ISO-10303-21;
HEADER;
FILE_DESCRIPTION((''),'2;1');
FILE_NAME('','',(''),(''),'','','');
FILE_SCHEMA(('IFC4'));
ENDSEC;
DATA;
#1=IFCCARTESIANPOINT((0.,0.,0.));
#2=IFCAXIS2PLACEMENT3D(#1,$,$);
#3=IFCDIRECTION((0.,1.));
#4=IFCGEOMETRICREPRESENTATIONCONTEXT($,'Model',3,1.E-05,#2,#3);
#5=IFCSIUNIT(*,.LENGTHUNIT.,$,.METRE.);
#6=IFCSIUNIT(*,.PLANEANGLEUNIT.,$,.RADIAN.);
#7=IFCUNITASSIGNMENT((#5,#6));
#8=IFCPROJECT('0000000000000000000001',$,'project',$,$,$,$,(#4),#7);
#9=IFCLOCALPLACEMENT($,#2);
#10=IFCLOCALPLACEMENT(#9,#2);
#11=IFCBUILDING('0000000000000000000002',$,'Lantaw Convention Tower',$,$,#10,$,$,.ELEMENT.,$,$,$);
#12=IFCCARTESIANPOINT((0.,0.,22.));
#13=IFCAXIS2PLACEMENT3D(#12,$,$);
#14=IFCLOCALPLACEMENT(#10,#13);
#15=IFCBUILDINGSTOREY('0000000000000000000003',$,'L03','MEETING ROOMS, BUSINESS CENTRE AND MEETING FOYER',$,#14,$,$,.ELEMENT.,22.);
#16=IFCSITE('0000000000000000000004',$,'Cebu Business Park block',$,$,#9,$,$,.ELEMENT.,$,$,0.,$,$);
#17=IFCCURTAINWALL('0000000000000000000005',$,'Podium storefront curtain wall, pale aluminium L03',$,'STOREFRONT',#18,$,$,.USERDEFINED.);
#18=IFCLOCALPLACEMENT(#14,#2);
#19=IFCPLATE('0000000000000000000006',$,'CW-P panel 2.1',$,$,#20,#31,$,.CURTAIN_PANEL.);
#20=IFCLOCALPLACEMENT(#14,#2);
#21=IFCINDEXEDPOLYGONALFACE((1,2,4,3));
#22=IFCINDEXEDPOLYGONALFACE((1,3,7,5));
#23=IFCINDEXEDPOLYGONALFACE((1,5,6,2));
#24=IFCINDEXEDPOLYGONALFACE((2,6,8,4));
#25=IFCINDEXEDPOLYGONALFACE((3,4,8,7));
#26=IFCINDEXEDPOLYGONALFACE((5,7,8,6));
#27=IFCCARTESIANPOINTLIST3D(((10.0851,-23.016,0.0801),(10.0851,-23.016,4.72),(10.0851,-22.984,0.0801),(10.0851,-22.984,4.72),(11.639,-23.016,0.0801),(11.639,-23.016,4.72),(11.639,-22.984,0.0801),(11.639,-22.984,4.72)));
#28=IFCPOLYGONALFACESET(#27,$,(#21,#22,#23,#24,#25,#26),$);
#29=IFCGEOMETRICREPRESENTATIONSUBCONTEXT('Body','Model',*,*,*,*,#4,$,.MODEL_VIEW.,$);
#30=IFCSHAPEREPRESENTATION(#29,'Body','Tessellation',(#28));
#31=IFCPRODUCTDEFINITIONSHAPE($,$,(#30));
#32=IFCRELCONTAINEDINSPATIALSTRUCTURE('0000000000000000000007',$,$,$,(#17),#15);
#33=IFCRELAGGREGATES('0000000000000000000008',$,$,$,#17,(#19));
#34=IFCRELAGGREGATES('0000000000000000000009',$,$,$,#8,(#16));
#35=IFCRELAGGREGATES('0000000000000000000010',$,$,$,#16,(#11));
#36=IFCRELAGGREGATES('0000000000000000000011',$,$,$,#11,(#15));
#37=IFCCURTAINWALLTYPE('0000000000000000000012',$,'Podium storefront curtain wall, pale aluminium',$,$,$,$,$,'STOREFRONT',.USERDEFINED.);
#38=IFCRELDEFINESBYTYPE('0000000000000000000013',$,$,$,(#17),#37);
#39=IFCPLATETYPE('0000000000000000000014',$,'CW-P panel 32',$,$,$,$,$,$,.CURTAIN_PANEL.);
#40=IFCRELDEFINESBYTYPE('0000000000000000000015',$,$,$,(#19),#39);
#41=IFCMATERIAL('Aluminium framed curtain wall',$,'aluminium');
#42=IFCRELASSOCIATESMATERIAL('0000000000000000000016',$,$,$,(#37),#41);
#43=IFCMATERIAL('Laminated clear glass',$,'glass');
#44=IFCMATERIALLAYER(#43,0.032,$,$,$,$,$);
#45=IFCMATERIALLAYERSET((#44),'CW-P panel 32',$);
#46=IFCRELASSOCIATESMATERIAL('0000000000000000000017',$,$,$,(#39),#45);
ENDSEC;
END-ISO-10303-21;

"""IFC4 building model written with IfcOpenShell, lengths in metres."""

from ifc_helpers import new_model, si_unit, direction, frame, origin, origin_2d, place, context, subcontext, project, spatial, rectangle, extrude, material, layer, layer_set, type_object, element, aggregate, save


model = new_model("IFC4")

# Units and contexts
model_context = context("Model", 3, precision=1e-05, world=origin(), true_north=direction((0.0, 1.0)))
body_context = subcontext(model_context, "Body", "Model", "MODEL_VIEW")
ifc_project = project(units=[si_unit("LENGTHUNIT", "METRE"), si_unit("PLANEANGLEUNIT", "RADIAN")], contexts=[model_context])

# Site, building, storey
site_placement = place(None, origin())
site = spatial("IfcSite", under=ifc_project, at=site_placement, Name="Cebu Business Park block", CompositionType="ELEMENT", RefElevation=0.0)
building_placement = place(site_placement, origin())
building = spatial("IfcBuilding", under=site, at=building_placement, Name="Lantaw Convention Tower", CompositionType="ELEMENT")
storey_placement = place(building_placement, frame((0.0, 0.0, 22.0)))
storey = spatial("IfcBuildingStorey", under=building, at=storey_placement, Name="L03", Description="MEETING ROOMS, BUSINESS CENTRE AND MEETING FOYER", CompositionType="ELEMENT", Elevation=22.0)

# Curtain wall
ifc_material_1 = material(Name="Aluminium framed curtain wall", Category="aluminium")
curtain_wall_type = type_object("IfcCurtainWallType", Name="Podium storefront curtain wall, pale aluminium", ElementType="STOREFRONT", PredefinedType="USERDEFINED", material=ifc_material_1)
curtain_wall_1_placement = place(storey_placement, origin())
curtain_wall_1 = element("IfcCurtainWall", 1, at=curtain_wall_1_placement, inside=storey, type_object=curtain_wall_type, Name="Podium storefront curtain wall, pale aluminium L03", ObjectType="STOREFRONT", PredefinedType="USERDEFINED")

# Plate
ifc_material_2 = material(Name="Laminated clear glass", Category="glass")
ifc_layer = layer(ifc_material_2, 0.032)
ifc_layer_set = layer_set([ifc_layer], Name="CW-P panel 32")
plate_type = type_object("IfcPlateType", Name="CW-P panel 32", PredefinedType="CURTAIN_PANEL", material=ifc_layer_set)
plate_1_placement = place(storey_placement, frame((10.8621, -23.0, 0.0801), z_axis=(0.0, 0.0, 1.0), x_axis=(1.0, 0.0, 0.0)))
plate_1 = element("IfcPlate", 2, at=plate_1_placement, type_object=plate_type, Name="CW-P panel 2.1", PredefinedType="CURTAIN_PANEL", context=body_context, shape_type="SweptSolid", body=[
    extrude(rectangle(XDim=1.554, YDim=0.032, at=origin_2d()), origin(), (0.0, 0.0, 1.0), 4.6399),
])
aggregate(curtain_wall_1, [plate_1])

save(model, "model.ifc")
